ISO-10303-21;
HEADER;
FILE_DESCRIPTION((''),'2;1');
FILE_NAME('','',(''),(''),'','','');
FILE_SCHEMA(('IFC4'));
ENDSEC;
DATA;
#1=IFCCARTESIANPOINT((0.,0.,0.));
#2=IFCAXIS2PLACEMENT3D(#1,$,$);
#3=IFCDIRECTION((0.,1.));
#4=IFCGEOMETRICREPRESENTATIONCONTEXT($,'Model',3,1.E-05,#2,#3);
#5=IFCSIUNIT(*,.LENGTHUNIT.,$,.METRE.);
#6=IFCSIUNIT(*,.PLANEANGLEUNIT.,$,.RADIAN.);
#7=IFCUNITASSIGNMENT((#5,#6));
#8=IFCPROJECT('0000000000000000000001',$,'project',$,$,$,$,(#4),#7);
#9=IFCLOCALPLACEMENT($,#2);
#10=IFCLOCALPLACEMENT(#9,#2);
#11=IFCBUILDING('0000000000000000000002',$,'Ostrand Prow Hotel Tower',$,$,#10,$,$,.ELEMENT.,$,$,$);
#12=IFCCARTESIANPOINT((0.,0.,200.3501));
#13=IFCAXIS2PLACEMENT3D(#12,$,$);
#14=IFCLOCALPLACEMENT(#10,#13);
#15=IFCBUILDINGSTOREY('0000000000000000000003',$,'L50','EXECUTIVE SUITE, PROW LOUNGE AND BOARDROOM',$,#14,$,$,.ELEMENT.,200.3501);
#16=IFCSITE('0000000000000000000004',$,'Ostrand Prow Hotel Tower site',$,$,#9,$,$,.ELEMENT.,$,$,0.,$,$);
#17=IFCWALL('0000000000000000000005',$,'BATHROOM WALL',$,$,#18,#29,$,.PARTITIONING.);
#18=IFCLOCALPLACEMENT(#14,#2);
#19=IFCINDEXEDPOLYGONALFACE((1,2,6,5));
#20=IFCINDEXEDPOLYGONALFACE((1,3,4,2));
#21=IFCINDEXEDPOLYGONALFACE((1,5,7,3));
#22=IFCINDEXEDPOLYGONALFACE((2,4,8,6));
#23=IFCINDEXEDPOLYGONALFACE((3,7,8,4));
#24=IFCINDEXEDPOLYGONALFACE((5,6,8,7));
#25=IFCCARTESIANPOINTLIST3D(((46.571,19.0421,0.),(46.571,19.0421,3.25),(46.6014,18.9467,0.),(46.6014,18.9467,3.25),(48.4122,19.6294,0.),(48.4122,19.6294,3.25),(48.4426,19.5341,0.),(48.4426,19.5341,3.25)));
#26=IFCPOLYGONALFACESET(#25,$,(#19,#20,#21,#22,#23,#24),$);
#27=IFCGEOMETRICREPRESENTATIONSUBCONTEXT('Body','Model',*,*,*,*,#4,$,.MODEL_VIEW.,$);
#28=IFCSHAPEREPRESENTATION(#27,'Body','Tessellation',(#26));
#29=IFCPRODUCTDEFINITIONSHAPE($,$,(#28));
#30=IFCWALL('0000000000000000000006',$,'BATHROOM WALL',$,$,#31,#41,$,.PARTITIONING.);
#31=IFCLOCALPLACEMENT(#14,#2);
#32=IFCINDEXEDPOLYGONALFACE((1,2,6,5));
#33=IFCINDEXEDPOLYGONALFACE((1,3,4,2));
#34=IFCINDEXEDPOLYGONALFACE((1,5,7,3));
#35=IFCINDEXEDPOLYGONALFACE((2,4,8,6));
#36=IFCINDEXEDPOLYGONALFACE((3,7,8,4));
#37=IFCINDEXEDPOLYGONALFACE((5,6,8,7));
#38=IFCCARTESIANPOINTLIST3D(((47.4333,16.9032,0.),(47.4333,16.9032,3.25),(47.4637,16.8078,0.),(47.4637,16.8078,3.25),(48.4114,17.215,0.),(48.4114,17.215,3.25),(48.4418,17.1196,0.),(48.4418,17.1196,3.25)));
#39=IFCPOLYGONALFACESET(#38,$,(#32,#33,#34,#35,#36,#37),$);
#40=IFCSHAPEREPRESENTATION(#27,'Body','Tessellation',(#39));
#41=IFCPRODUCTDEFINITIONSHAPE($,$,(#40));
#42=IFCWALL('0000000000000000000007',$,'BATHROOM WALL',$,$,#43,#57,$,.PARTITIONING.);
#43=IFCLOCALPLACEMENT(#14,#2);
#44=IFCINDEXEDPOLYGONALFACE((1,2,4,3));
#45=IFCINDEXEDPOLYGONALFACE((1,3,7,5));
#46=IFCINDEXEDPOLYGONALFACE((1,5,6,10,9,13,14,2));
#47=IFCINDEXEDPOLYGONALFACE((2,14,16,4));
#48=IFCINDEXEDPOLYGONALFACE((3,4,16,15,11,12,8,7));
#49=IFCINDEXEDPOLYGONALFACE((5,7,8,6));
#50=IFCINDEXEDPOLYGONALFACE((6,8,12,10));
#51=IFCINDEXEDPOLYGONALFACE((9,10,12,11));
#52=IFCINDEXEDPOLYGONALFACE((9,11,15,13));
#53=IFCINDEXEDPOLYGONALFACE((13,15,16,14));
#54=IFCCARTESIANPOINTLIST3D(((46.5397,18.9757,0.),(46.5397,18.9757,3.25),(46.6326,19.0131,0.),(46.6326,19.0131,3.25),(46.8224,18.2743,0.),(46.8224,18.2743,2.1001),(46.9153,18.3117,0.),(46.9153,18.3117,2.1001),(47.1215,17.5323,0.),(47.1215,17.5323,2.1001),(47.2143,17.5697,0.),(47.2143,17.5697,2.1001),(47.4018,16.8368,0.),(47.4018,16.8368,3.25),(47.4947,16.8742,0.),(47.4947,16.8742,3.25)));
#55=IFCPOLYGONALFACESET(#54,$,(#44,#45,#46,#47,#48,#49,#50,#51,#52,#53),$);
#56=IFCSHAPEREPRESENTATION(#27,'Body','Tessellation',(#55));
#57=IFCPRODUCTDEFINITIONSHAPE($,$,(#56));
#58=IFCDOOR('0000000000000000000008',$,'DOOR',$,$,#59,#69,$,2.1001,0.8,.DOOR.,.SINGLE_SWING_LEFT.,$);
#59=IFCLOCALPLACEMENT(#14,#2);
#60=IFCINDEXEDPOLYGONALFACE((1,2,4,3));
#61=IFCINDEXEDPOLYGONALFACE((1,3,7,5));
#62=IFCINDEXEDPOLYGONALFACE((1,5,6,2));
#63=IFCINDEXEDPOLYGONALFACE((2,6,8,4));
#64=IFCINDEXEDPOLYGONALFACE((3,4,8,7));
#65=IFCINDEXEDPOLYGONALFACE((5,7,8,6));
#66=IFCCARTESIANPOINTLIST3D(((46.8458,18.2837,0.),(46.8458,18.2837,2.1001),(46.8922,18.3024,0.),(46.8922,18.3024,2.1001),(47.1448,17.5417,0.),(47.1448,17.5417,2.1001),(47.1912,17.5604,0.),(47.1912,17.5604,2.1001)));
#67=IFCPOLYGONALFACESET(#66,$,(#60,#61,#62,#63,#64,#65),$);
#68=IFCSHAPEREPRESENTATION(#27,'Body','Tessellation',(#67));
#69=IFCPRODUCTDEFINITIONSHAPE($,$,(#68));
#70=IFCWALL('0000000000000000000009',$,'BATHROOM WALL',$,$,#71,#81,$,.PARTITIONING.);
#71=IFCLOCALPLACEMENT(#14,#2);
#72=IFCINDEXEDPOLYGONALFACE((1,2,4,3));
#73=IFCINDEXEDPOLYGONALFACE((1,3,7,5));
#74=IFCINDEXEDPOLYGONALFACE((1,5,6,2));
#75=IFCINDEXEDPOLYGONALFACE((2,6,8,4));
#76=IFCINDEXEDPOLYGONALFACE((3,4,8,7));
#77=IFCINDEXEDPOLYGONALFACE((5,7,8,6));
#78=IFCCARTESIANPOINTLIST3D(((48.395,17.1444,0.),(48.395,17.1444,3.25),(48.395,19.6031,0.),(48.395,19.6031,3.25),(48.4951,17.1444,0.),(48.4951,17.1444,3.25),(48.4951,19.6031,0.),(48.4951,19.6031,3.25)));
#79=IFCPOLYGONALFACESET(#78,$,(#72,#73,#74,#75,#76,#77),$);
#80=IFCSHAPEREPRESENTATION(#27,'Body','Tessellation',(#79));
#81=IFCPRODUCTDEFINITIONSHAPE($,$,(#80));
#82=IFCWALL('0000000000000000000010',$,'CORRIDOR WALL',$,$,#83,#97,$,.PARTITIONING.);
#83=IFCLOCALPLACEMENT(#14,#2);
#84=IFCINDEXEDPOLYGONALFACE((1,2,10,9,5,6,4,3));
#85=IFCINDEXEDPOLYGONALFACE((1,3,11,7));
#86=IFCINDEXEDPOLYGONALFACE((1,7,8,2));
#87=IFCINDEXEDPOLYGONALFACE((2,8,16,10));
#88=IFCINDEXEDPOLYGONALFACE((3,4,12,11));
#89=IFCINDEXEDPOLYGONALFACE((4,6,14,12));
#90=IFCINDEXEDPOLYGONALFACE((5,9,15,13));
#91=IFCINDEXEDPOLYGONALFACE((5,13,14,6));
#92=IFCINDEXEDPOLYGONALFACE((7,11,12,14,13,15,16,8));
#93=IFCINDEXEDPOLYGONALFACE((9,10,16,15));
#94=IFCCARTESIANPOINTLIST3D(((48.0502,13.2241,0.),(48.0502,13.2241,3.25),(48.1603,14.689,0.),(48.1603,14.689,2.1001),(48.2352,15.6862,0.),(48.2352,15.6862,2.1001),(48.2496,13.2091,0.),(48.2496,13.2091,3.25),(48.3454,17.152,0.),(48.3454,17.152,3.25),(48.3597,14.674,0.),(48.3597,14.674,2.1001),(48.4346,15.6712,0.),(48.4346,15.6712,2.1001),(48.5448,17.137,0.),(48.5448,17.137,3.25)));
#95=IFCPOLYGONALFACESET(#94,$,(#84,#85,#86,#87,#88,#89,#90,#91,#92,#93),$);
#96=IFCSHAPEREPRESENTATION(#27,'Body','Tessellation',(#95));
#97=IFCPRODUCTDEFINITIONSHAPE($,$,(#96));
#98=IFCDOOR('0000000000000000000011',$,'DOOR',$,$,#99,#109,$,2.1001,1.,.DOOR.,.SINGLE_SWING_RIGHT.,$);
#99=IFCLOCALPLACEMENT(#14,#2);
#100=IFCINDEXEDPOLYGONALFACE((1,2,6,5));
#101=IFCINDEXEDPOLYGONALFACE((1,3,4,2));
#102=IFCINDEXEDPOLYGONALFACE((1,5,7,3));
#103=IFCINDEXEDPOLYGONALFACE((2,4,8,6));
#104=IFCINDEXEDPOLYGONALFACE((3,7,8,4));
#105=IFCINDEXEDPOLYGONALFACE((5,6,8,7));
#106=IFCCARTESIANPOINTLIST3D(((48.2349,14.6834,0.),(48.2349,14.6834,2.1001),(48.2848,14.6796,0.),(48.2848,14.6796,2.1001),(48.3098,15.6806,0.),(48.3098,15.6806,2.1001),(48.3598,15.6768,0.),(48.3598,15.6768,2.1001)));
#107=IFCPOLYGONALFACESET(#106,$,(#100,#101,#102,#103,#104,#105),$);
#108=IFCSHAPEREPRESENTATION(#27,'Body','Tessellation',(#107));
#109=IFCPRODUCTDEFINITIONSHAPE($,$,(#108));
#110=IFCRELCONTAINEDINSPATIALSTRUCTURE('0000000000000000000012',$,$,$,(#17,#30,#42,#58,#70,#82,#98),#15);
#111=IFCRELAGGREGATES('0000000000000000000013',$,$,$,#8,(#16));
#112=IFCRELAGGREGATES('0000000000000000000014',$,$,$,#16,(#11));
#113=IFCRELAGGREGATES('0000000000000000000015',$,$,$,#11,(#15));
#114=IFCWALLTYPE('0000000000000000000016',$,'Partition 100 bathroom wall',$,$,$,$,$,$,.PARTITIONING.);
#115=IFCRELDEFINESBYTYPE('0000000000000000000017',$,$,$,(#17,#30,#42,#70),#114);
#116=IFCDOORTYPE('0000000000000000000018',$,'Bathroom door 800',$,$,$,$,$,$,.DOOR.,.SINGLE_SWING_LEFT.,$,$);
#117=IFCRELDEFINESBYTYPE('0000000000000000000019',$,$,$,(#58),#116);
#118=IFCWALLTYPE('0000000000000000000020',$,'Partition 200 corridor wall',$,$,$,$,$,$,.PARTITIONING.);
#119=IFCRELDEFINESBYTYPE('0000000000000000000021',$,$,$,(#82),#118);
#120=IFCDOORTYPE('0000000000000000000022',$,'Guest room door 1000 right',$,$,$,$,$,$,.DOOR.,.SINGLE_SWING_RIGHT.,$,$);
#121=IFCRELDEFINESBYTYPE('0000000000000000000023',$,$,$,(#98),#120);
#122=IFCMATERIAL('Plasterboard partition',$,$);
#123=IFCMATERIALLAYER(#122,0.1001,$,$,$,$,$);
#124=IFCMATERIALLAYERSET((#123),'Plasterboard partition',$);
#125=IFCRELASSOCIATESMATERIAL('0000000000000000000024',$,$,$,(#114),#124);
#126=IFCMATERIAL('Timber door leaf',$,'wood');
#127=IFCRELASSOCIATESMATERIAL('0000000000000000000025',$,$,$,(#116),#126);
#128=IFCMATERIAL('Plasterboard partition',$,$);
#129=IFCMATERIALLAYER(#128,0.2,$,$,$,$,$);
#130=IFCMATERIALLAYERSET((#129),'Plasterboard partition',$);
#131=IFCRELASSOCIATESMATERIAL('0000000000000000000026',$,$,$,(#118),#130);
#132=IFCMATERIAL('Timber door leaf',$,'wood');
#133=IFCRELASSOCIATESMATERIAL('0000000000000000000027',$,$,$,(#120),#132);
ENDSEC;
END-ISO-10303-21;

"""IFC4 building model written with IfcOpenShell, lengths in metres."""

from ifc_helpers import new_model, si_unit, direction, frame, frame_2d, origin, place, context, subcontext, project, spatial, rectangle, extrude, material, layer, layer_set, type_object, element, fill, save


model = new_model("IFC4")

# Units and contexts
model_context = context("Model", 3, precision=1e-05, world=origin(), true_north=direction((0.0, 1.0)))
body_context = subcontext(model_context, "Body", "Model", "MODEL_VIEW")
ifc_project = project(units=[si_unit("LENGTHUNIT", "METRE"), si_unit("PLANEANGLEUNIT", "RADIAN")], contexts=[model_context])

# Site, building, storey
site_placement = place(None, origin())
site = spatial("IfcSite", under=ifc_project, at=site_placement, Name="Ostrand Prow Hotel Tower site", CompositionType="ELEMENT", RefElevation=0.0)
building_placement = place(site_placement, origin())
building = spatial("IfcBuilding", under=site, at=building_placement, Name="Ostrand Prow Hotel Tower", CompositionType="ELEMENT")
storey_placement = place(building_placement, frame((0.0, 0.0, 200.3501)))
storey = spatial("IfcBuildingStorey", under=building, at=storey_placement, Name="L50", Description="EXECUTIVE SUITE, PROW LOUNGE AND BOARDROOM", CompositionType="ELEMENT", Elevation=200.3501)

# Walls
ifc_material_1 = material(Name="Plasterboard partition")
ifc_layer_1 = layer(ifc_material_1, 0.1001)
ifc_layer_set_1 = layer_set([ifc_layer_1], Name="Plasterboard partition")
wall_type_1 = type_object("IfcWallType", Name="Partition 100 bathroom wall", PredefinedType="PARTITIONING", material=ifc_layer_set_1)
wall_1_placement = place(storey_placement, frame((46.5862, 18.9944, 0.0), z_axis=(0.0, 0.0, 1.0), x_axis=(0.952697, 0.303923, 0.0)))
element("IfcWall", 1, at=wall_1_placement, inside=storey, type_object=wall_type_1, Name="BATHROOM WALL", PredefinedType="PARTITIONING", context=body_context, shape_type="SweptSolid", body=[
    extrude(rectangle(XDim=1.9326, YDim=0.1001, at=frame_2d((0.9663, 0.0))), origin(), (0.0, 0.0, 1.0), 3.25),
])
wall_2_placement = place(storey_placement, frame((48.4265, 17.1672, 0.0), z_axis=(0.0, 0.0, 1.0), x_axis=(-0.952763, -0.303714, 0.0)))
element("IfcWall", 2, at=wall_2_placement, inside=storey, type_object=wall_type_1, Name="BATHROOM WALL", PredefinedType="PARTITIONING", context=body_context, shape_type="SweptSolid", body=[
    extrude(rectangle(XDim=1.0266, YDim=0.1001, at=frame_2d((0.5132, 0.0))), origin(), (0.0, 0.0, 1.0), 3.25),
])

# Wall, opening, door
wall_3_placement = place(storey_placement, frame((47.4482, 16.8555, 0.0), z_axis=(0.0, 0.0, 1.0), x_axis=(-0.373817, 0.927502, 0.0)))
wall_3 = element("IfcWall", 3, at=wall_3_placement, inside=storey, type_object=wall_type_1, Name="BATHROOM WALL", PredefinedType="PARTITIONING", context=body_context, shape_type="SweptSolid", body=[
    extrude(rectangle(XDim=2.3062, YDim=0.1001, at=frame_2d((1.1531, 0.0))), origin(), (0.0, 0.0, 1.0), 3.25),
])
opening_1_placement = place(wall_3_placement, frame((0.75, 0.0, 0.0)))
opening_1 = element("IfcOpeningElement", 4, at=opening_1_placement, cuts=wall_3, PredefinedType="OPENING", context=body_context, shape_type="SweptSolid", body=[
    extrude(rectangle(XDim=0.8, YDim=2.1001, at=frame_2d((0.3999, 1.05))), frame((0.0, 0.0601, 0.0), z_axis=(0.0, -1.0, 0.0), x_axis=(1.0, 0.0, 0.0)), (0.0, 0.0, 1.0), 0.1201),
])
ifc_material_2 = material(Name="Timber door leaf", Category="wood")
door_type_1 = type_object("IfcDoorType", Name="Bathroom door 800", OperationType="SINGLE_SWING_LEFT", PredefinedType="DOOR", material=ifc_material_2)
door_1_placement = place(opening_1_placement, origin())
door_1 = element("IfcDoor", 5, at=door_1_placement, inside=storey, type_object=door_type_1, Name="DOOR", OperationType="SINGLE_SWING_LEFT", OverallHeight=2.1001, OverallWidth=0.8, PredefinedType="DOOR", context=body_context, shape_type="SweptSolid", body=[
    extrude(rectangle(XDim=0.8, YDim=2.1001, at=frame_2d((0.3999, 1.05))), frame((0.0, 0.0249, 0.0), z_axis=(0.0, -1.0, 0.0), x_axis=(1.0, 0.0, 0.0)), (0.0, 0.0, 1.0), 0.05),
])
fill(opening_1, door_1)

# Wall
wall_4_placement = place(storey_placement, frame((48.4451, 19.6033, 0.0), z_axis=(0.0, 0.0, 1.0), x_axis=(0.0, -1.0, 0.0)))
element("IfcWall", 6, at=wall_4_placement, inside=storey, type_object=wall_type_1, Name="BATHROOM WALL", PredefinedType="PARTITIONING", context=body_context, shape_type="SweptSolid", body=[
    extrude(rectangle(XDim=2.4587, YDim=0.1001, at=frame_2d((1.2295, 0.0))), origin(), (0.0, 0.0, 1.0), 3.25),
])

# Wall, opening, door
ifc_material_3 = material(Name="Plasterboard partition")
ifc_layer_2 = layer(ifc_material_3, 0.2)
ifc_layer_set_2 = layer_set([ifc_layer_2], Name="Plasterboard partition")
wall_type_2 = type_object("IfcWallType", Name="Partition 200 corridor wall", PredefinedType="PARTITIONING", material=ifc_layer_set_2)
wall_5_placement = place(storey_placement, frame((48.4451, 17.1445, 0.0), z_axis=(0.0, 0.0, 1.0), x_axis=(-0.074933, -0.997189, 0.0)))
wall_5 = element("IfcWall", 7, at=wall_5_placement, inside=storey, type_object=wall_type_2, Name="CORRIDOR WALL", PredefinedType="PARTITIONING", context=body_context, shape_type="SweptSolid", body=[
    extrude(rectangle(XDim=3.939, YDim=0.2, at=frame_2d((1.9695, 0.0))), origin(), (0.0, 0.0, 1.0), 3.25),
])
opening_2_placement = place(wall_5_placement, frame((1.47, 0.0, 0.0)))
opening_2 = element("IfcOpeningElement", 8, at=opening_2_placement, cuts=wall_5, PredefinedType="OPENING", context=body_context, shape_type="SweptSolid", body=[
    extrude(rectangle(XDim=1.0, YDim=2.1001, at=frame_2d((0.5, 1.05))), frame((0.0, 0.1099, 0.0), z_axis=(0.0, -1.0, 0.0), x_axis=(1.0, 0.0, 0.0)), (0.0, 0.0, 1.0), 0.22),
])
ifc_material_4 = material(Name="Timber door leaf", Category="wood")
door_type_2 = type_object("IfcDoorType", Name="Guest room door 1000 right", OperationType="SINGLE_SWING_RIGHT", PredefinedType="DOOR", material=ifc_material_4)
door_2_placement = place(opening_2_placement, origin())
door_2 = element("IfcDoor", 9, at=door_2_placement, inside=storey, type_object=door_type_2, Name="DOOR", OperationType="SINGLE_SWING_RIGHT", OverallHeight=2.1001, OverallWidth=1.0, PredefinedType="DOOR", context=body_context, shape_type="SweptSolid", body=[
    extrude(rectangle(XDim=1.0, YDim=2.1001, at=frame_2d((0.5, 1.05))), frame((0.0, 0.0249, 0.0), z_axis=(0.0, -1.0, 0.0), x_axis=(1.0, 0.0, 0.0)), (0.0, 0.0, 1.0), 0.05),
])
fill(opening_2, door_2)

save(model, "model.ifc")
